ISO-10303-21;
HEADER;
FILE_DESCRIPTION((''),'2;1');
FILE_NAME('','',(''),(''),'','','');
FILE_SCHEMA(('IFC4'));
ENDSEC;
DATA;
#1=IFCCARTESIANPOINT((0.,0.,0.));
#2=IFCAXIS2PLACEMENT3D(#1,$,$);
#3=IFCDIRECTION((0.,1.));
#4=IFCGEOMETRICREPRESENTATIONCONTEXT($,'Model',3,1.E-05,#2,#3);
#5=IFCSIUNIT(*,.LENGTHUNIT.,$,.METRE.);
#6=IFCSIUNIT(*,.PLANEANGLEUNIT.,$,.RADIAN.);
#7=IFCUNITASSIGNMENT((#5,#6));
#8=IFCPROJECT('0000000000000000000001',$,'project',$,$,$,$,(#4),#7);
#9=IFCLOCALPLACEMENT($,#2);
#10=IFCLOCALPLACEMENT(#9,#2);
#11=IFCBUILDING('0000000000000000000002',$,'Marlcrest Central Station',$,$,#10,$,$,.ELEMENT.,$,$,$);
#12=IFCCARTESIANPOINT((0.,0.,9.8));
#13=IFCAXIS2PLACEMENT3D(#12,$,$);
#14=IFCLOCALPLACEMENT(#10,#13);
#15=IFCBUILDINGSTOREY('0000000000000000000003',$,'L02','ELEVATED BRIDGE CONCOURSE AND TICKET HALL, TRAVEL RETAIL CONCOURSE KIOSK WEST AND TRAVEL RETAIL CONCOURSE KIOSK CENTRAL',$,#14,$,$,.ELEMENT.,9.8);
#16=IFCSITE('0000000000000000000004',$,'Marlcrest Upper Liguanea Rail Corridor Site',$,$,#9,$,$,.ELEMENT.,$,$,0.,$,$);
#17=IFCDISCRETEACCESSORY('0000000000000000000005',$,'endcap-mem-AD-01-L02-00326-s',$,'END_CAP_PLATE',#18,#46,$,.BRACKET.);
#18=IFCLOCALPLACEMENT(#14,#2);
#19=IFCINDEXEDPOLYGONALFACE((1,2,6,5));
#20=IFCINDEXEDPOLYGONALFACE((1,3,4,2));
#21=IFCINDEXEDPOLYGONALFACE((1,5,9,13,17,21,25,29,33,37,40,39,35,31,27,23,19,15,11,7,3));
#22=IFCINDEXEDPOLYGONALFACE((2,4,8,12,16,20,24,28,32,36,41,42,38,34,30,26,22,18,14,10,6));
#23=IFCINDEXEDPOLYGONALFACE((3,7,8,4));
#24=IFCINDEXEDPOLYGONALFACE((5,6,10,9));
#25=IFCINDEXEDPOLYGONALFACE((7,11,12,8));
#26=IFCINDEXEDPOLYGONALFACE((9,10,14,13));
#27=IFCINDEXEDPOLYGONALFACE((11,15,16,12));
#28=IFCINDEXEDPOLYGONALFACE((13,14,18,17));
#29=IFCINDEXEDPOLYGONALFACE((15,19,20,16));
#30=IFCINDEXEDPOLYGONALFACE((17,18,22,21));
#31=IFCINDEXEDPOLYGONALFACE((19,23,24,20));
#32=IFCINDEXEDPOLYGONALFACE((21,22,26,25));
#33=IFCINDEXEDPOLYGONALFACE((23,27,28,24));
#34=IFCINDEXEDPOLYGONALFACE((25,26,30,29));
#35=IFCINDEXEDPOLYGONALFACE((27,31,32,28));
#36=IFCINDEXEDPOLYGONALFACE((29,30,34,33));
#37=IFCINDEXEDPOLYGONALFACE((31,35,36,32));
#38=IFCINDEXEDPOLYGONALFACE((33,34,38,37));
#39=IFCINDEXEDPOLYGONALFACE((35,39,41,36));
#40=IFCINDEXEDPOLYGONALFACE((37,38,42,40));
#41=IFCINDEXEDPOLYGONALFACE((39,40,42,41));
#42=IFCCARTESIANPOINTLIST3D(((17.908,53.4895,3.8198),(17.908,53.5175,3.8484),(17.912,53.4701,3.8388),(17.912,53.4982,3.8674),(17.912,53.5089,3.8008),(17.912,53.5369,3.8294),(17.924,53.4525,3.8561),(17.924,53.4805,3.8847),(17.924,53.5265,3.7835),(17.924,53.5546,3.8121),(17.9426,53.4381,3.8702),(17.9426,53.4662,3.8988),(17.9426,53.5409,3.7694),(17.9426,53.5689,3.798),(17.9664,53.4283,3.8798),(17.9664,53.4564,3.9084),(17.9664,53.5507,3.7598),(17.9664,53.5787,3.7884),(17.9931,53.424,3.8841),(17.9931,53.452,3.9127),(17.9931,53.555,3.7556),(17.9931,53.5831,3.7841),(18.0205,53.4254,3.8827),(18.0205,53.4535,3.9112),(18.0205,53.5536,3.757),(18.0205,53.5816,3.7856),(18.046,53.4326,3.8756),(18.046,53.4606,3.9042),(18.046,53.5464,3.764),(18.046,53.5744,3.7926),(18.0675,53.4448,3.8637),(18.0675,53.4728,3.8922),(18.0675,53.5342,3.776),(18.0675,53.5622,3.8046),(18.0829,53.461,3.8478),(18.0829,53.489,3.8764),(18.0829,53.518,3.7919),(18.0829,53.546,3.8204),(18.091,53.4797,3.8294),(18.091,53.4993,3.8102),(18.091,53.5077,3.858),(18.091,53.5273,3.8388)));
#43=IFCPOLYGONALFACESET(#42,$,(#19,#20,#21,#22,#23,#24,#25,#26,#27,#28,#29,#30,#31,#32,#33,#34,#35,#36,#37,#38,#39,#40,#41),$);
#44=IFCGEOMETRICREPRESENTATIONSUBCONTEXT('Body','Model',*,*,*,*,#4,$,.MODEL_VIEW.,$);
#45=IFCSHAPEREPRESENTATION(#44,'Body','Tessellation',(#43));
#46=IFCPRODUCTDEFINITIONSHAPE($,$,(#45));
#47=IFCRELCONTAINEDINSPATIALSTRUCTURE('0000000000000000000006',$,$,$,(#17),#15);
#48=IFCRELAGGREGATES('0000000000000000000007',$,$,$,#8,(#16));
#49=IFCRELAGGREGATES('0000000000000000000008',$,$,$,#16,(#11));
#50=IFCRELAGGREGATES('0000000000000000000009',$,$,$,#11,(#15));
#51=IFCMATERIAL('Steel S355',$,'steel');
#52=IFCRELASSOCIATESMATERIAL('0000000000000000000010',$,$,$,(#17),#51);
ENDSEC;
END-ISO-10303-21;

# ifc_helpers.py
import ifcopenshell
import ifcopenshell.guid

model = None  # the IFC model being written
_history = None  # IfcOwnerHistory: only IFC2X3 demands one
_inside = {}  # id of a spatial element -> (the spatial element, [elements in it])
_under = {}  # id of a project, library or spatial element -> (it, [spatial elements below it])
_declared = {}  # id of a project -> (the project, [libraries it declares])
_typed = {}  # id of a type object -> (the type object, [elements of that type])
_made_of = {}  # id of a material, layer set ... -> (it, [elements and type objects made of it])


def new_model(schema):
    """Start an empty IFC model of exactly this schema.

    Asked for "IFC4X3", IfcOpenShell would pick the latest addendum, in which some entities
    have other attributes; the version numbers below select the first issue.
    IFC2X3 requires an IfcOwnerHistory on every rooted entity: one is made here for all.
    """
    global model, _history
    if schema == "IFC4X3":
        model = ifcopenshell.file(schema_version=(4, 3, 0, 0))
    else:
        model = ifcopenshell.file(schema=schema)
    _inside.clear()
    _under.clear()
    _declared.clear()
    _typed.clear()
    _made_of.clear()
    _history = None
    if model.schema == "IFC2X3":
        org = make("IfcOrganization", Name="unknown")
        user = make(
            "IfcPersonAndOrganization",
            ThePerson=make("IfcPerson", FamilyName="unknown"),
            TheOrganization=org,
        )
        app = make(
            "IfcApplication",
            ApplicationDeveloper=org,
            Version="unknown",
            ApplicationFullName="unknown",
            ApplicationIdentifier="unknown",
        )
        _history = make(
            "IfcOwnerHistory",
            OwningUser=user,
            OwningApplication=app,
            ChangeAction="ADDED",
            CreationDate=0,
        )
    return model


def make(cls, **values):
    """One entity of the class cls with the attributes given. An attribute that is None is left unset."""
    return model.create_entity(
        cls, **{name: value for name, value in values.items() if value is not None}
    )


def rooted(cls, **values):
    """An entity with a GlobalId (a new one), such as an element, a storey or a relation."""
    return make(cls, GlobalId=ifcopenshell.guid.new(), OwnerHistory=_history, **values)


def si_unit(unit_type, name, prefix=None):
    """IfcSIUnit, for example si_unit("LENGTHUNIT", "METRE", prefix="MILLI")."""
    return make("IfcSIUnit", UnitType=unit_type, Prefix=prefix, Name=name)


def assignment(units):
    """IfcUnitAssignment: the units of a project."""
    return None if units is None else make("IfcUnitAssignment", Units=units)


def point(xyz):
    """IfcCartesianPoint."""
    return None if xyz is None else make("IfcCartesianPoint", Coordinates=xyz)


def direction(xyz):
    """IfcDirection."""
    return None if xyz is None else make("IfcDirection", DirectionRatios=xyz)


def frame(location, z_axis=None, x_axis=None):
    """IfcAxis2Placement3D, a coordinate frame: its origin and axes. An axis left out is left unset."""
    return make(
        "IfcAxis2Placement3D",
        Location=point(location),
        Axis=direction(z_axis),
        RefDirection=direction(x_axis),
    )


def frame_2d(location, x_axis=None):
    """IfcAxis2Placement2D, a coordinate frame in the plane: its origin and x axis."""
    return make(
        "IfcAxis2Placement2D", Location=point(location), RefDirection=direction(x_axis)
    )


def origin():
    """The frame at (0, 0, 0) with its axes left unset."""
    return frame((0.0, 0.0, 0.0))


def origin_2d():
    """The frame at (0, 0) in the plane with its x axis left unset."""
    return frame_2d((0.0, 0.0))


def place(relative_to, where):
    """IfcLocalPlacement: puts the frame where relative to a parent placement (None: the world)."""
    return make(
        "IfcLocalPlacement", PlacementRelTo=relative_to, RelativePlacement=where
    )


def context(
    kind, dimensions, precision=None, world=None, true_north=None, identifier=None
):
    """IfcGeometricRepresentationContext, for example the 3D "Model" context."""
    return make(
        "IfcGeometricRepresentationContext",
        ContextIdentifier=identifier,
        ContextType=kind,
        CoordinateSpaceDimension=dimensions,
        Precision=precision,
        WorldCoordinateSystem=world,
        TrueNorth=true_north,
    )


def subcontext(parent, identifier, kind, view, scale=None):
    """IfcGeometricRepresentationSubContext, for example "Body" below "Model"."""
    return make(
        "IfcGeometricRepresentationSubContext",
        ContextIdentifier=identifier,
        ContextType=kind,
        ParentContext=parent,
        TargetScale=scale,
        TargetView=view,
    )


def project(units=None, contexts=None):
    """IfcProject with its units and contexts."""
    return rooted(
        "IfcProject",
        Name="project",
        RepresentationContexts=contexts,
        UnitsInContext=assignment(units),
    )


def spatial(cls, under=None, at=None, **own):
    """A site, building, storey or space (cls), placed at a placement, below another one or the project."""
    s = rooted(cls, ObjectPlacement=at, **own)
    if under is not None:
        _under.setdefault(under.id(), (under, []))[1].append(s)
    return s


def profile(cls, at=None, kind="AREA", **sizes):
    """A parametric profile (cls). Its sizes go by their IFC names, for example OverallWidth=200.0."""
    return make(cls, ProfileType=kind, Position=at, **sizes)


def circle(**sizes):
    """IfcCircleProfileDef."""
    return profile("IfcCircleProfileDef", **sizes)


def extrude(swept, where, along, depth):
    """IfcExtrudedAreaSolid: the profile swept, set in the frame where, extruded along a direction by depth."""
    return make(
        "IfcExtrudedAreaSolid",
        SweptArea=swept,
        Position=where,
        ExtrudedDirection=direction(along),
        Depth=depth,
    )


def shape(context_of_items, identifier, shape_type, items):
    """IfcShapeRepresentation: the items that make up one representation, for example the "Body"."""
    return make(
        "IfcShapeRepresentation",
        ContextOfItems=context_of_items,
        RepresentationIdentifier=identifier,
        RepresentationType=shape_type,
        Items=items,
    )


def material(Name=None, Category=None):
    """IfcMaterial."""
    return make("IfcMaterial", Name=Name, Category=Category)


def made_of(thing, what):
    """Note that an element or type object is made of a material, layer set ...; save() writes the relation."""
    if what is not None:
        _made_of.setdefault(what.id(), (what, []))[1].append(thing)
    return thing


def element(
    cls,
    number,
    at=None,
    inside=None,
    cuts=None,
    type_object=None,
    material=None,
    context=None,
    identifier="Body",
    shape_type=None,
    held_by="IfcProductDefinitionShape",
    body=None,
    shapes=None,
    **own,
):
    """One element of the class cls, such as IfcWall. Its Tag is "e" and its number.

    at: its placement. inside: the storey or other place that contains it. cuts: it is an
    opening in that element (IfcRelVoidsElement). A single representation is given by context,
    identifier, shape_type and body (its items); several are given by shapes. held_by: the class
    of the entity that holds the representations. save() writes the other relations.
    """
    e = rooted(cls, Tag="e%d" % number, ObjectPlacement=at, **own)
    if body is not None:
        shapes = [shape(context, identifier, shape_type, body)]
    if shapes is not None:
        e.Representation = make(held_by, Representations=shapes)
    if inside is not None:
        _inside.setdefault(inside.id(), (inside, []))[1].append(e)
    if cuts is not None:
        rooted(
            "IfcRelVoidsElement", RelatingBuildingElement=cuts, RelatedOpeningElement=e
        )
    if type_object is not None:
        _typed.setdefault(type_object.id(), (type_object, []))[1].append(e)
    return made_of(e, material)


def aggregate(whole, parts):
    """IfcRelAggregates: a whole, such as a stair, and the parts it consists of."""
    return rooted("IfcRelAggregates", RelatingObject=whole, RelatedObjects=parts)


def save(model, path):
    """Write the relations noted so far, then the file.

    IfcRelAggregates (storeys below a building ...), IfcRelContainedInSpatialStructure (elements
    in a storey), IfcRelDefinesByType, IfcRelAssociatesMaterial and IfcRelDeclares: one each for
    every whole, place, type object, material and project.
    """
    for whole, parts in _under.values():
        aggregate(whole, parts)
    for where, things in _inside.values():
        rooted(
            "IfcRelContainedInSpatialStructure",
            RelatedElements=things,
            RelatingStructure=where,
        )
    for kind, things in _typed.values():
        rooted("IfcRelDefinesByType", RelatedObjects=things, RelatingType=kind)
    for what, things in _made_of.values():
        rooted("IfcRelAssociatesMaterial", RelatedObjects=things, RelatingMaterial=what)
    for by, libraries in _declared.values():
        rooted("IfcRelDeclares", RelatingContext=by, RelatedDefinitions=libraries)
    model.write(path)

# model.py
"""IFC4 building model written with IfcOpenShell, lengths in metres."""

from ifc_helpers import new_model, si_unit, direction, frame, origin, origin_2d, place, context, subcontext, project, spatial, circle, extrude, material, element, save


model = new_model("IFC4")

# Units and contexts
model_context = context("Model", 3, precision=1e-05, world=origin(), true_north=direction((0.0, 1.0)))
body_context = subcontext(model_context, "Body", "Model", "MODEL_VIEW")
ifc_project = project(units=[si_unit("LENGTHUNIT", "METRE"), si_unit("PLANEANGLEUNIT", "RADIAN")], contexts=[model_context])

# Site, building, storey
site_placement = place(None, origin())
site = spatial("IfcSite", under=ifc_project, at=site_placement, Name="Marlcrest Upper Liguanea Rail Corridor Site", CompositionType="ELEMENT", RefElevation=0.0)
building_placement = place(site_placement, origin())
building = spatial("IfcBuilding", under=site, at=building_placement, Name="Marlcrest Central Station", CompositionType="ELEMENT")
storey_placement = place(building_placement, frame((0.0, 0.0, 9.8)))
storey = spatial("IfcBuildingStorey", under=building, at=storey_placement, Name="L02", Description="ELEVATED BRIDGE CONCOURSE AND TICKET HALL, TRAVEL RETAIL CONCOURSE KIOSK WEST AND TRAVEL RETAIL CONCOURSE KIOSK CENTRAL", CompositionType="ELEMENT", Elevation=9.8)

# Shared definitions
ifc_material = material(Name="Steel S355", Category="steel")

# Discrete accessory
discrete_accessory_1_placement = place(storey_placement, frame((18.0, 53.4895, 3.8198), z_axis=(0.0, 0.700235, 0.713912), x_axis=(-1.0, 0.0, 0.0)))
element("IfcDiscreteAccessory", 1, at=discrete_accessory_1_placement, inside=storey, material=ifc_material, Name="endcap-mem-AD-01-L02-00326-s", ObjectType="END_CAP_PLATE", PredefinedType="BRACKET", context=body_context, shape_type="SweptSolid", body=[
    extrude(circle(Radius=0.092, at=origin_2d()), origin(), (0.0, 0.0, 1.0), 0.04),
])

save(model, "model.ifc")
